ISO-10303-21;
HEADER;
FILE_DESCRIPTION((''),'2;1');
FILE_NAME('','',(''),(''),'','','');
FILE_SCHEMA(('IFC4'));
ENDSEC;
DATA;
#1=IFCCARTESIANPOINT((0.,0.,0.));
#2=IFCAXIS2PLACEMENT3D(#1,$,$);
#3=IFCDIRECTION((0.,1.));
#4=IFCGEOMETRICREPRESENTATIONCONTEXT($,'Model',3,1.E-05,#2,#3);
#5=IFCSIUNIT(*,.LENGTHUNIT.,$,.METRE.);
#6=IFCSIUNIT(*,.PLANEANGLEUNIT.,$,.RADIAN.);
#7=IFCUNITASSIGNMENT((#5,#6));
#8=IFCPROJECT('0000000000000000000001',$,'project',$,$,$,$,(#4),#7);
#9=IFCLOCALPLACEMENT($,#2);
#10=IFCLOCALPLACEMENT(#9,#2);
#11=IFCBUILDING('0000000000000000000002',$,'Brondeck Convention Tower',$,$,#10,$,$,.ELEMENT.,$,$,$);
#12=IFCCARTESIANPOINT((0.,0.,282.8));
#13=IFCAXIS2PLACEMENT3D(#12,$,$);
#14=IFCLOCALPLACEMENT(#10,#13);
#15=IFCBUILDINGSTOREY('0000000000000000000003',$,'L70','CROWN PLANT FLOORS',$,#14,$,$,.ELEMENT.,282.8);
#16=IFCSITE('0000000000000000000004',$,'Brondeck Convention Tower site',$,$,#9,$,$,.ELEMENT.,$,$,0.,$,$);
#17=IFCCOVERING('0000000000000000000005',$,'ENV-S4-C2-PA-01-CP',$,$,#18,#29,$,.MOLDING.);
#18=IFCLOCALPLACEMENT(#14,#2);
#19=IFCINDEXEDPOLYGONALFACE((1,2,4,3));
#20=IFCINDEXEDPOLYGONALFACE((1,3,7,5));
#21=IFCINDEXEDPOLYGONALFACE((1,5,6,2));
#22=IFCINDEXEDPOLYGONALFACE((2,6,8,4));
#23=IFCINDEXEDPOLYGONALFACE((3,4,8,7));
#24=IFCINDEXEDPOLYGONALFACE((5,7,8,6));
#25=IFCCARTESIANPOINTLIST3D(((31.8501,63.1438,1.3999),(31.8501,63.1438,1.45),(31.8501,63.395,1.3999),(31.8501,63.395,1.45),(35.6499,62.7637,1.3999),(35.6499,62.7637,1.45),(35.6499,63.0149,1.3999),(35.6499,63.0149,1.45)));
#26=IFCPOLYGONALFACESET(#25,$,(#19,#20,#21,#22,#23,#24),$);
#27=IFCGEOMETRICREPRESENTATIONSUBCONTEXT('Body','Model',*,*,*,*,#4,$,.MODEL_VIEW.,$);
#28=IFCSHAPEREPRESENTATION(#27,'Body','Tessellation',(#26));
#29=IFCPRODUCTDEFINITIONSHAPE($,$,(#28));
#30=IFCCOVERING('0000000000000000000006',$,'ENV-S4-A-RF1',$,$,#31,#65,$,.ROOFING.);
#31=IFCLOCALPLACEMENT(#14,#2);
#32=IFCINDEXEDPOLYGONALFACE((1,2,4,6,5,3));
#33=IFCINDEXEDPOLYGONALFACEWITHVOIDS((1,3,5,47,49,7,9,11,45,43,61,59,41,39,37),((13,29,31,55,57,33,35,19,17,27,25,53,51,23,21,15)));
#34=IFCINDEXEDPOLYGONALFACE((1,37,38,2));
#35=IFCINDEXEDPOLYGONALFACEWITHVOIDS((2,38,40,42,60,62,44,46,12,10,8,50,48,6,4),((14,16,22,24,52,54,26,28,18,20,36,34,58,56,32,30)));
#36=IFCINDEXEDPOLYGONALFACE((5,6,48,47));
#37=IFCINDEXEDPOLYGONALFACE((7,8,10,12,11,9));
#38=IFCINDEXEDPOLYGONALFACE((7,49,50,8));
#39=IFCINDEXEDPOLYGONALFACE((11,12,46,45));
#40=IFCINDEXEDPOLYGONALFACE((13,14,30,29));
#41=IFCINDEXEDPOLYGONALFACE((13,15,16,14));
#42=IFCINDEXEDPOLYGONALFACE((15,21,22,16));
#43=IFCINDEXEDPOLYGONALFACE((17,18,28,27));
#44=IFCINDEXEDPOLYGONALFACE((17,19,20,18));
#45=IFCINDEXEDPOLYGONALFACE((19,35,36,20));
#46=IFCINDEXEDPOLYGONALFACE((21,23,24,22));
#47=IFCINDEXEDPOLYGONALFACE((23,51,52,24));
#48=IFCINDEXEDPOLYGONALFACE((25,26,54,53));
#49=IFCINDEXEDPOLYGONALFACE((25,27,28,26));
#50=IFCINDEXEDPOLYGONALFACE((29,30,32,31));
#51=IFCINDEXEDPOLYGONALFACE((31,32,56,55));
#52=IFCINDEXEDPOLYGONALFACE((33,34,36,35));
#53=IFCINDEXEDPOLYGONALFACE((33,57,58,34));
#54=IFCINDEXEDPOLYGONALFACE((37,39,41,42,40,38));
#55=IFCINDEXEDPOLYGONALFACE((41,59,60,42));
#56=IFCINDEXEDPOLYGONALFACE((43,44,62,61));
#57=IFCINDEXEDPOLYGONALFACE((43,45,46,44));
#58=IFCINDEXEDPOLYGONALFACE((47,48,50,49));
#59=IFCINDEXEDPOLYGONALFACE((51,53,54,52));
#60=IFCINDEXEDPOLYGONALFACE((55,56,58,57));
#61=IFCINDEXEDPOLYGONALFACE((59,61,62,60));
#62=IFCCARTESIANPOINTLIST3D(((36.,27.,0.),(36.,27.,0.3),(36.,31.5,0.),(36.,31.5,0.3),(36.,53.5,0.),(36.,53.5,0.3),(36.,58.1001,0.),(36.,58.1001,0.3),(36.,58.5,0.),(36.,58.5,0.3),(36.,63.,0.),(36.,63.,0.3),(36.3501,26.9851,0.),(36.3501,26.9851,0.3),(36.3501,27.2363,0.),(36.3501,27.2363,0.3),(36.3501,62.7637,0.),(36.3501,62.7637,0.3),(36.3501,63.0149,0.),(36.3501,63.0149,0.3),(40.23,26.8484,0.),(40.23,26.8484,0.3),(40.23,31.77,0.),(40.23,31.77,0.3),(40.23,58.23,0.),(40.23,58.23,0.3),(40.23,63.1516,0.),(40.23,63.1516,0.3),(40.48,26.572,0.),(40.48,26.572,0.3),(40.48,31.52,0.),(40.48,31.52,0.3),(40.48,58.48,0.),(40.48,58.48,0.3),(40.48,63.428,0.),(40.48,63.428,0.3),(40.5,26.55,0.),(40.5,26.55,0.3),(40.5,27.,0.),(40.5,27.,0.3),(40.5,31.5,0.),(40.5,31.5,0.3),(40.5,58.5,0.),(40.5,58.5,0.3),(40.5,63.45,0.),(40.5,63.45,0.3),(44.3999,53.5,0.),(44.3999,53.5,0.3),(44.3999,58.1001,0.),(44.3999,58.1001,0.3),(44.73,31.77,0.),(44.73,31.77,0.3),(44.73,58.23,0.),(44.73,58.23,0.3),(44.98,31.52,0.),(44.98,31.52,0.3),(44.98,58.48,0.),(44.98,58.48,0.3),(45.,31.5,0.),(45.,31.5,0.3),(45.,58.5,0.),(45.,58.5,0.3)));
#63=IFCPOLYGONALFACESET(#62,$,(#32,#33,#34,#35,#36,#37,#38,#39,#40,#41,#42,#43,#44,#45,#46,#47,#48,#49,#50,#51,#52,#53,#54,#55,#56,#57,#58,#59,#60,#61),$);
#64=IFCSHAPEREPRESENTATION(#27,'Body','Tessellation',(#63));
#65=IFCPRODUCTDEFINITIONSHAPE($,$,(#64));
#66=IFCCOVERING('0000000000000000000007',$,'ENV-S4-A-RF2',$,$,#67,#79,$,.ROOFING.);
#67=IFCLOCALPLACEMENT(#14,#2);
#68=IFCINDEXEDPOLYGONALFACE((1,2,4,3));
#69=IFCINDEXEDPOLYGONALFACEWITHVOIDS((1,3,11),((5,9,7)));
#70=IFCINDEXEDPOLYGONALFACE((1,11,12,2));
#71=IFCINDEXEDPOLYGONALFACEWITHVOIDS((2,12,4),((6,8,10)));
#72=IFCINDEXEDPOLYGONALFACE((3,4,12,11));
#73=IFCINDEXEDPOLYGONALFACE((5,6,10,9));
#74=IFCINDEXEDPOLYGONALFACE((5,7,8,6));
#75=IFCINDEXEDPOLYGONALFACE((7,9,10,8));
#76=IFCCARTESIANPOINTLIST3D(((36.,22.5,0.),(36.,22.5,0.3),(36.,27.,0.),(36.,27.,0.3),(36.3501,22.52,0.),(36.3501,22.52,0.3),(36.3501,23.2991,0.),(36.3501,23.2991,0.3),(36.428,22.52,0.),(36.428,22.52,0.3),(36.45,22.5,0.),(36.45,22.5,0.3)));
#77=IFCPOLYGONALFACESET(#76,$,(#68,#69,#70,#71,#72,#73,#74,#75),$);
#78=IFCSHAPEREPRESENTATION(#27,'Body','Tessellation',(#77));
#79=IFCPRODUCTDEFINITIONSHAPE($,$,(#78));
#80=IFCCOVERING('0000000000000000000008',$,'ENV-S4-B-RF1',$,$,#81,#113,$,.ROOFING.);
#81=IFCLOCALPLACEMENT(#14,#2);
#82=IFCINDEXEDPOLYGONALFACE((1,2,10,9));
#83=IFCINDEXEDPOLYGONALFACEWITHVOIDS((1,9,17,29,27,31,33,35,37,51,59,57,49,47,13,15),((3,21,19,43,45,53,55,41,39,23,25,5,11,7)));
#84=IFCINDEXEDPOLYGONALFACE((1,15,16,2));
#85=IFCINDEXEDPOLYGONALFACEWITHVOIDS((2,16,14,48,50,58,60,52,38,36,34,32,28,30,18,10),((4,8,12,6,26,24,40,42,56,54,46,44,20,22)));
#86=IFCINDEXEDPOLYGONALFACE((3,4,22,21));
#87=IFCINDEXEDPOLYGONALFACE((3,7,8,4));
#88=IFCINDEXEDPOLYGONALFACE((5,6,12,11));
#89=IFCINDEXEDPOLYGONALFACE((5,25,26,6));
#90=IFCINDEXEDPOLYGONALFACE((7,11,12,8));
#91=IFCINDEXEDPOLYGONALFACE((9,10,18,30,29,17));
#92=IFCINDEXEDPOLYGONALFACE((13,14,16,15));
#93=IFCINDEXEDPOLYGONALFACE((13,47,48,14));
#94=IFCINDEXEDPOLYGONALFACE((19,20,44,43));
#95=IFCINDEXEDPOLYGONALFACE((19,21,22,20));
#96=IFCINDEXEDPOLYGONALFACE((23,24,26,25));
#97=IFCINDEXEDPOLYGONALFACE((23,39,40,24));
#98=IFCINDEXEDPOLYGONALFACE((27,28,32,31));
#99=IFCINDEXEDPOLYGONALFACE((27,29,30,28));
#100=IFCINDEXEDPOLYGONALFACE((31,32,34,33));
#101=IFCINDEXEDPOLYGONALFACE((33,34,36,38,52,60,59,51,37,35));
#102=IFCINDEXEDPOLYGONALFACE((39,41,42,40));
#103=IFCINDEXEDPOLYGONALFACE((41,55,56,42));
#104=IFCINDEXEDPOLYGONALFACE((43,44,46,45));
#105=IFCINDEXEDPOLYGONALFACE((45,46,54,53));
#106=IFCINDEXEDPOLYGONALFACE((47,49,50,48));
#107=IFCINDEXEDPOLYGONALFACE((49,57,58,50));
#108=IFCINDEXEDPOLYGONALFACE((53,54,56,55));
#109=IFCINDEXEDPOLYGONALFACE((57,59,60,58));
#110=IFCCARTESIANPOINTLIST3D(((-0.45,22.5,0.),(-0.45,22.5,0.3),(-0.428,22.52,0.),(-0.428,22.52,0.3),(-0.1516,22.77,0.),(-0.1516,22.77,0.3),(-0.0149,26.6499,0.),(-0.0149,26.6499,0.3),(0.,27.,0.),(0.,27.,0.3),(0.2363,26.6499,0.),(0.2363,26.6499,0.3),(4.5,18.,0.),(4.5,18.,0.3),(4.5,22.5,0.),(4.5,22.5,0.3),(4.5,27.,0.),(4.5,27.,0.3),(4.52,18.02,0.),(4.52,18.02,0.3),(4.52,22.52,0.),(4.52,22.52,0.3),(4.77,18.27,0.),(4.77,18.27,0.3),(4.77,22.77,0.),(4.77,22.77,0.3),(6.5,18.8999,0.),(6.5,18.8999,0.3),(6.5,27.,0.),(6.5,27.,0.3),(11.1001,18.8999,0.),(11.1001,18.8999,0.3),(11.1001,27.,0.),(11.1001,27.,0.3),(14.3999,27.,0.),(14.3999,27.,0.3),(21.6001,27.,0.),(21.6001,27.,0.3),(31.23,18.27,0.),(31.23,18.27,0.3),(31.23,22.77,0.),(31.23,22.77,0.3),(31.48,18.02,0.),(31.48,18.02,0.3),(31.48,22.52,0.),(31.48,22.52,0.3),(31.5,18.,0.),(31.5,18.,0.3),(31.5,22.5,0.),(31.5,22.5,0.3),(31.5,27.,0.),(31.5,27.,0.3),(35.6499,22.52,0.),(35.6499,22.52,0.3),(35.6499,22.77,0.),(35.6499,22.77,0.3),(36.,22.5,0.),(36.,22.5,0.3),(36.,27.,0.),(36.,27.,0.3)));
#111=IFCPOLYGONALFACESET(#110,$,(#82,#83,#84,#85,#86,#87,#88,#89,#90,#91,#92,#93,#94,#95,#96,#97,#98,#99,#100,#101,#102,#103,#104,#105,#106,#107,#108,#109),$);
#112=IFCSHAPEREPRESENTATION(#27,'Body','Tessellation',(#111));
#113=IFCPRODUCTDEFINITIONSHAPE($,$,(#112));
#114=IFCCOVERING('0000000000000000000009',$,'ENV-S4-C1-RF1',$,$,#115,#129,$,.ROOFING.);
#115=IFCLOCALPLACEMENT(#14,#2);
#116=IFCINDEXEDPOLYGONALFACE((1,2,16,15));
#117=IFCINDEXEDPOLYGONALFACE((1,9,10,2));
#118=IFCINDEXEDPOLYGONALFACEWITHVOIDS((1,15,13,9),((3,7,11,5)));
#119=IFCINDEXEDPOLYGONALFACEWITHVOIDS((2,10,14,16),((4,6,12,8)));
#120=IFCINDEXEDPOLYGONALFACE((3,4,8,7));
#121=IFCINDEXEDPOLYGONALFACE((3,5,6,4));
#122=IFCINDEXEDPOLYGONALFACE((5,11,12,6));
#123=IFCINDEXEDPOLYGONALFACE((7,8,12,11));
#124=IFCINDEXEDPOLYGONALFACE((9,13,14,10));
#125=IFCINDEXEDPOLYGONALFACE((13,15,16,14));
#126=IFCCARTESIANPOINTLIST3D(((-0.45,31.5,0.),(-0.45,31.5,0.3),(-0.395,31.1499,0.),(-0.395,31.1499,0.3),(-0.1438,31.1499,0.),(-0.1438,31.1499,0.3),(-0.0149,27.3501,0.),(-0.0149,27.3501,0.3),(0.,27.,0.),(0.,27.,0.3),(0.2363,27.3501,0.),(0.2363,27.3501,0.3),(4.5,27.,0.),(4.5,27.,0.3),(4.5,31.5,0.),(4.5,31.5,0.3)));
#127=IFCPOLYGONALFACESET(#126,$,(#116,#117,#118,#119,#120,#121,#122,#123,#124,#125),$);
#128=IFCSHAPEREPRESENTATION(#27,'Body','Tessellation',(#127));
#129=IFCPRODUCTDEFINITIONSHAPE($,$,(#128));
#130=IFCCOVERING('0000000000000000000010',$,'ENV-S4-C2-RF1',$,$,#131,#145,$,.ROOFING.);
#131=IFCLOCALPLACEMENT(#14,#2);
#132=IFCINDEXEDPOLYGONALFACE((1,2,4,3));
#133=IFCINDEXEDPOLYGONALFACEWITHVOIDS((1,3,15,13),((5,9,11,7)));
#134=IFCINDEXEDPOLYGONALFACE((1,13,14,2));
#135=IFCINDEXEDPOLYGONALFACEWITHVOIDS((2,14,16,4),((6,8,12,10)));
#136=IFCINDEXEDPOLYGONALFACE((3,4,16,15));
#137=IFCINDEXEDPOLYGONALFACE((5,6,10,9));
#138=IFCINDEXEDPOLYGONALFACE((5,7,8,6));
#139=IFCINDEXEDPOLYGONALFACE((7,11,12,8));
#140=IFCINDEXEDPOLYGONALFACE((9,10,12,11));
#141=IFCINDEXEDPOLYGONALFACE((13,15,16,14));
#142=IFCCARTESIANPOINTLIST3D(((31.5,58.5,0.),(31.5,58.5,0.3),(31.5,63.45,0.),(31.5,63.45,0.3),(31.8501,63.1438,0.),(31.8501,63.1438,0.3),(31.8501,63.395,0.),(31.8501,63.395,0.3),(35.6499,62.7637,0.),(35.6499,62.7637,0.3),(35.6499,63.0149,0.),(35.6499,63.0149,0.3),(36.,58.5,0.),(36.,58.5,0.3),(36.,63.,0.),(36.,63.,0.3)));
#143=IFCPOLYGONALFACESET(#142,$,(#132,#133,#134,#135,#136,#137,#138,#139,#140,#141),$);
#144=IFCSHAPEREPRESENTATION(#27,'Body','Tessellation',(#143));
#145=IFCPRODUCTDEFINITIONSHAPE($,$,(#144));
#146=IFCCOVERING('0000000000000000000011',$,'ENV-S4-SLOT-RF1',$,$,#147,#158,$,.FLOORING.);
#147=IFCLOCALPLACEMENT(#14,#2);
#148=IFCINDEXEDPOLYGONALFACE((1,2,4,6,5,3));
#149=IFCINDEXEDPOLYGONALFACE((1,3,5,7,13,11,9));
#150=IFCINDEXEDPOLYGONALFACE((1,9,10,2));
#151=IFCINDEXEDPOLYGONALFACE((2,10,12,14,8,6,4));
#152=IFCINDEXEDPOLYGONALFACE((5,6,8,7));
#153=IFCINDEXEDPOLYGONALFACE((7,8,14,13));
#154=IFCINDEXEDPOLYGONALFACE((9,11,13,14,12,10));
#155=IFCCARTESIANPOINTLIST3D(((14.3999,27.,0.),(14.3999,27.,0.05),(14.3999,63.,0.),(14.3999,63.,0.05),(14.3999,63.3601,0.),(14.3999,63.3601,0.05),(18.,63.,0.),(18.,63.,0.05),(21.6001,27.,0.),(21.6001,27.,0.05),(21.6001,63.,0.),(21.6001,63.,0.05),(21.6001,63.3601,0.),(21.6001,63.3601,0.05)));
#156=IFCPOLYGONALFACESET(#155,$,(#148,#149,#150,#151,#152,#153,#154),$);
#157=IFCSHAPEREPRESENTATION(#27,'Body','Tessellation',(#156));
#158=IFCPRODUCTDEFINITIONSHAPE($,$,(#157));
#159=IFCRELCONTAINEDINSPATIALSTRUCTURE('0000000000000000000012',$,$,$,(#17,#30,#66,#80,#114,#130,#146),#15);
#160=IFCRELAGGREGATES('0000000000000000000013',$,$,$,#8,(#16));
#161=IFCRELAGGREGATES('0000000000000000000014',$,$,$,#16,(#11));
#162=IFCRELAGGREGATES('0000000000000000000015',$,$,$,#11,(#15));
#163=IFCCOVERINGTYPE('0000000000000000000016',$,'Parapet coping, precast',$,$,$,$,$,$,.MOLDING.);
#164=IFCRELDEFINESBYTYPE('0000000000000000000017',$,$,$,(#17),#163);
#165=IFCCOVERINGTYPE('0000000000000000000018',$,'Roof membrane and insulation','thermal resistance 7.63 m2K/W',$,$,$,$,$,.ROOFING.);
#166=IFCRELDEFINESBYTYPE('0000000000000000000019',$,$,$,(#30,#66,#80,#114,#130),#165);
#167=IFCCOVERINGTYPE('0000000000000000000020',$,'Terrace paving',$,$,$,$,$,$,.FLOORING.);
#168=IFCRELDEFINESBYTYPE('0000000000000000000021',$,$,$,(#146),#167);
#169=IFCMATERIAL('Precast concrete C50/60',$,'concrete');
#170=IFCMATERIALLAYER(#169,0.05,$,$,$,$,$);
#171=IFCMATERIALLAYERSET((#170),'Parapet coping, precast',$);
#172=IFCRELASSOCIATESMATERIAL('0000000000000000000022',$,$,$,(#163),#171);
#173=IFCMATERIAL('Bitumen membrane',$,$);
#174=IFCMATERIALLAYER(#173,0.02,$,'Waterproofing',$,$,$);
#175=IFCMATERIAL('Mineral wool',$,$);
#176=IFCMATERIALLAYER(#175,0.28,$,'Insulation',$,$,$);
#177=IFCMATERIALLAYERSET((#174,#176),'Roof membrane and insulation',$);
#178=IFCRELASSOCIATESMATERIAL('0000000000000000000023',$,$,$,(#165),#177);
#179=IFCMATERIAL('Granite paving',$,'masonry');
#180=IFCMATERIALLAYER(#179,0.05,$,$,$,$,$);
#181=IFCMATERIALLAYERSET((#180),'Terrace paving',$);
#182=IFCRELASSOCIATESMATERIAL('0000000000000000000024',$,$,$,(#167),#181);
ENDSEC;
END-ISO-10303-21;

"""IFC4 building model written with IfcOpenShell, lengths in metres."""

from ifc_helpers import new_model, si_unit, direction, frame, origin, place, context, subcontext, project, spatial, polyline, outline, extrude, material, layer, layer_set, type_object, element, save


model = new_model("IFC4")

# Units and contexts
model_context = context("Model", 3, precision=1e-05, world=origin(), true_north=direction((0.0, 1.0)))
body_context = subcontext(model_context, "Body", "Model", "MODEL_VIEW")
ifc_project = project(units=[si_unit("LENGTHUNIT", "METRE"), si_unit("PLANEANGLEUNIT", "RADIAN")], contexts=[model_context])

# Site, building, storey
site_placement = place(None, origin())
site = spatial("IfcSite", under=ifc_project, at=site_placement, Name="Brondeck Convention Tower site", CompositionType="ELEMENT", RefElevation=0.0)
building_placement = place(site_placement, origin())
building = spatial("IfcBuilding", under=site, at=building_placement, Name="Brondeck Convention Tower", CompositionType="ELEMENT")
storey_placement = place(building_placement, frame((0.0, 0.0, 282.8)))
storey = spatial("IfcBuildingStorey", under=building, at=storey_placement, Name="L70", Description="CROWN PLANT FLOORS", CompositionType="ELEMENT", Elevation=282.8)

# Shared definitions
ifc_material_1 = material(Name="Precast concrete C50/60", Category="concrete")

# Coverings
ifc_layer_1 = layer(ifc_material_1, 0.05)
ifc_layer_set_1 = layer_set([ifc_layer_1], Name="Parapet coping, precast")
covering_type_1 = type_object("IfcCoveringType", Name="Parapet coping, precast", PredefinedType="MOLDING", material=ifc_layer_set_1)
covering_1_placement = place(storey_placement, frame((0.0, 0.0, 1.3999)))
element("IfcCovering", 1, at=covering_1_placement, inside=storey, type_object=covering_type_1, Name="ENV-S4-C2-PA-01-CP", PredefinedType="MOLDING", context=body_context, shape_type="SweptSolid", body=[
    extrude(outline(polyline([(35.6499, 63.0149), (31.8501, 63.395), (31.8501, 63.1438), (35.6499, 62.7637), (35.6499, 63.0149)])), origin(), (0.0, 0.0, 1.0), 0.05),
])
ifc_material_2 = material(Name="Bitumen membrane")
ifc_layer_2 = layer(ifc_material_2, 0.02, Name="Waterproofing")
ifc_material_3 = material(Name="Mineral wool")
ifc_layer_3 = layer(ifc_material_3, 0.28, Name="Insulation")
ifc_layer_set_2 = layer_set([ifc_layer_2, ifc_layer_3], Name="Roof membrane and insulation")
covering_type_2 = type_object("IfcCoveringType", Name="Roof membrane and insulation", Description="thermal resistance 7.63 m2K/W", PredefinedType="ROOFING", material=ifc_layer_set_2)
covering_2_placement = place(storey_placement, origin())
element("IfcCovering", 2, at=covering_2_placement, inside=storey, type_object=covering_type_2, Name="ENV-S4-A-RF1", PredefinedType="ROOFING", context=body_context, shape_type="SweptSolid", body=[
    extrude(outline(polyline([(36.0, 53.5), (36.0, 31.5), (36.0, 27.0), (40.5, 26.55), (40.5, 27.0), (40.5, 31.5), (45.0, 31.5), (45.0, 58.5), (40.5, 58.5), (40.5, 63.45), (36.0, 63.0), (36.0, 58.5), (36.0, 58.1001), (44.3999, 58.1001), (44.3999, 53.5), (36.0, 53.5)]), holes=[polyline([(36.3501, 63.0149), (40.48, 63.428), (40.48, 58.48), (44.98, 58.48), (44.98, 31.52), (40.48, 31.52), (40.48, 26.572), (36.3501, 26.9851), (36.3501, 27.2363), (40.23, 26.8484), (40.23, 31.77), (44.73, 31.77), (44.73, 58.23), (40.23, 58.23), (40.23, 63.1516), (36.3501, 62.7637), (36.3501, 63.0149)])]), origin(), (0.0, 0.0, 1.0), 0.3),
])
covering_3_placement = place(storey_placement, origin())
element("IfcCovering", 3, at=covering_3_placement, inside=storey, type_object=covering_type_2, Name="ENV-S4-A-RF2", PredefinedType="ROOFING", context=body_context, shape_type="SweptSolid", body=[
    extrude(outline(polyline([(36.0, 22.5), (36.45, 22.5), (36.0, 27.0), (36.0, 22.5)]), holes=[polyline([(36.428, 22.52), (36.3501, 22.52), (36.3501, 23.2991), (36.428, 22.52)])]), origin(), (0.0, 0.0, 1.0), 0.3),
])
covering_4_placement = place(storey_placement, origin())
element("IfcCovering", 4, at=covering_4_placement, inside=storey, type_object=covering_type_2, Name="ENV-S4-B-RF1", PredefinedType="ROOFING", context=body_context, shape_type="SweptSolid", body=[
    extrude(outline(polyline([(4.5, 18.0), (31.5, 18.0), (31.5, 22.5), (36.0, 22.5), (36.0, 27.0), (31.5, 27.0), (21.6001, 27.0), (14.3999, 27.0), (11.1001, 27.0), (11.1001, 18.8999), (6.5, 18.8999), (6.5, 27.0), (4.5, 27.0), (0.0, 27.0), (-0.45, 22.5), (4.5, 22.5), (4.5, 18.0)]), holes=[polyline([(31.48, 18.02), (4.52, 18.02), (4.52, 22.52), (-0.428, 22.52), (-0.0149, 26.6499), (0.2363, 26.6499), (-0.1516, 22.77), (4.77, 22.77), (4.77, 18.27), (31.23, 18.27), (31.23, 22.77), (35.6499, 22.77), (35.6499, 22.52), (31.48, 22.52), (31.48, 18.02)])]), origin(), (0.0, 0.0, 1.0), 0.3),
])
covering_5_placement = place(storey_placement, origin())
element("IfcCovering", 5, at=covering_5_placement, inside=storey, type_object=covering_type_2, Name="ENV-S4-C1-RF1", PredefinedType="ROOFING", context=body_context, shape_type="SweptSolid", body=[
    extrude(outline(polyline([(4.5, 27.0), (4.5, 31.5), (-0.45, 31.5), (0.0, 27.0), (4.5, 27.0)]), holes=[polyline([(-0.0149, 27.3501), (-0.395, 31.1499), (-0.1438, 31.1499), (0.2363, 27.3501), (-0.0149, 27.3501)])]), origin(), (0.0, 0.0, 1.0), 0.3),
])
covering_6_placement = place(storey_placement, origin())
element("IfcCovering", 6, at=covering_6_placement, inside=storey, type_object=covering_type_2, Name="ENV-S4-C2-RF1", PredefinedType="ROOFING", context=body_context, shape_type="SweptSolid", body=[
    extrude(outline(polyline([(36.0, 58.5), (36.0, 63.0), (31.5, 63.45), (31.5, 58.5), (36.0, 58.5)]), holes=[polyline([(31.8501, 63.395), (35.6499, 63.0149), (35.6499, 62.7637), (31.8501, 63.1438), (31.8501, 63.395)])]), origin(), (0.0, 0.0, 1.0), 0.3),
])
ifc_material_4 = material(Name="Granite paving", Category="masonry")
ifc_layer_4 = layer(ifc_material_4, 0.05)
ifc_layer_set_3 = layer_set([ifc_layer_4], Name="Terrace paving")
covering_type_3 = type_object("IfcCoveringType", Name="Terrace paving", PredefinedType="FLOORING", material=ifc_layer_set_3)
covering_7_placement = place(storey_placement, origin())
element("IfcCovering", 7, at=covering_7_placement, inside=storey, type_object=covering_type_3, Name="ENV-S4-SLOT-RF1", PredefinedType="FLOORING", context=body_context, shape_type="SweptSolid", body=[
    extrude(outline(polyline([(14.3999, 63.3601), (14.3999, 63.0), (14.3999, 27.0), (21.6001, 27.0), (21.6001, 63.0), (21.6001, 63.3601), (18.0, 63.0), (14.3999, 63.3601)])), origin(), (0.0, 0.0, 1.0), 0.05),
])

save(model, "model.ifc")
